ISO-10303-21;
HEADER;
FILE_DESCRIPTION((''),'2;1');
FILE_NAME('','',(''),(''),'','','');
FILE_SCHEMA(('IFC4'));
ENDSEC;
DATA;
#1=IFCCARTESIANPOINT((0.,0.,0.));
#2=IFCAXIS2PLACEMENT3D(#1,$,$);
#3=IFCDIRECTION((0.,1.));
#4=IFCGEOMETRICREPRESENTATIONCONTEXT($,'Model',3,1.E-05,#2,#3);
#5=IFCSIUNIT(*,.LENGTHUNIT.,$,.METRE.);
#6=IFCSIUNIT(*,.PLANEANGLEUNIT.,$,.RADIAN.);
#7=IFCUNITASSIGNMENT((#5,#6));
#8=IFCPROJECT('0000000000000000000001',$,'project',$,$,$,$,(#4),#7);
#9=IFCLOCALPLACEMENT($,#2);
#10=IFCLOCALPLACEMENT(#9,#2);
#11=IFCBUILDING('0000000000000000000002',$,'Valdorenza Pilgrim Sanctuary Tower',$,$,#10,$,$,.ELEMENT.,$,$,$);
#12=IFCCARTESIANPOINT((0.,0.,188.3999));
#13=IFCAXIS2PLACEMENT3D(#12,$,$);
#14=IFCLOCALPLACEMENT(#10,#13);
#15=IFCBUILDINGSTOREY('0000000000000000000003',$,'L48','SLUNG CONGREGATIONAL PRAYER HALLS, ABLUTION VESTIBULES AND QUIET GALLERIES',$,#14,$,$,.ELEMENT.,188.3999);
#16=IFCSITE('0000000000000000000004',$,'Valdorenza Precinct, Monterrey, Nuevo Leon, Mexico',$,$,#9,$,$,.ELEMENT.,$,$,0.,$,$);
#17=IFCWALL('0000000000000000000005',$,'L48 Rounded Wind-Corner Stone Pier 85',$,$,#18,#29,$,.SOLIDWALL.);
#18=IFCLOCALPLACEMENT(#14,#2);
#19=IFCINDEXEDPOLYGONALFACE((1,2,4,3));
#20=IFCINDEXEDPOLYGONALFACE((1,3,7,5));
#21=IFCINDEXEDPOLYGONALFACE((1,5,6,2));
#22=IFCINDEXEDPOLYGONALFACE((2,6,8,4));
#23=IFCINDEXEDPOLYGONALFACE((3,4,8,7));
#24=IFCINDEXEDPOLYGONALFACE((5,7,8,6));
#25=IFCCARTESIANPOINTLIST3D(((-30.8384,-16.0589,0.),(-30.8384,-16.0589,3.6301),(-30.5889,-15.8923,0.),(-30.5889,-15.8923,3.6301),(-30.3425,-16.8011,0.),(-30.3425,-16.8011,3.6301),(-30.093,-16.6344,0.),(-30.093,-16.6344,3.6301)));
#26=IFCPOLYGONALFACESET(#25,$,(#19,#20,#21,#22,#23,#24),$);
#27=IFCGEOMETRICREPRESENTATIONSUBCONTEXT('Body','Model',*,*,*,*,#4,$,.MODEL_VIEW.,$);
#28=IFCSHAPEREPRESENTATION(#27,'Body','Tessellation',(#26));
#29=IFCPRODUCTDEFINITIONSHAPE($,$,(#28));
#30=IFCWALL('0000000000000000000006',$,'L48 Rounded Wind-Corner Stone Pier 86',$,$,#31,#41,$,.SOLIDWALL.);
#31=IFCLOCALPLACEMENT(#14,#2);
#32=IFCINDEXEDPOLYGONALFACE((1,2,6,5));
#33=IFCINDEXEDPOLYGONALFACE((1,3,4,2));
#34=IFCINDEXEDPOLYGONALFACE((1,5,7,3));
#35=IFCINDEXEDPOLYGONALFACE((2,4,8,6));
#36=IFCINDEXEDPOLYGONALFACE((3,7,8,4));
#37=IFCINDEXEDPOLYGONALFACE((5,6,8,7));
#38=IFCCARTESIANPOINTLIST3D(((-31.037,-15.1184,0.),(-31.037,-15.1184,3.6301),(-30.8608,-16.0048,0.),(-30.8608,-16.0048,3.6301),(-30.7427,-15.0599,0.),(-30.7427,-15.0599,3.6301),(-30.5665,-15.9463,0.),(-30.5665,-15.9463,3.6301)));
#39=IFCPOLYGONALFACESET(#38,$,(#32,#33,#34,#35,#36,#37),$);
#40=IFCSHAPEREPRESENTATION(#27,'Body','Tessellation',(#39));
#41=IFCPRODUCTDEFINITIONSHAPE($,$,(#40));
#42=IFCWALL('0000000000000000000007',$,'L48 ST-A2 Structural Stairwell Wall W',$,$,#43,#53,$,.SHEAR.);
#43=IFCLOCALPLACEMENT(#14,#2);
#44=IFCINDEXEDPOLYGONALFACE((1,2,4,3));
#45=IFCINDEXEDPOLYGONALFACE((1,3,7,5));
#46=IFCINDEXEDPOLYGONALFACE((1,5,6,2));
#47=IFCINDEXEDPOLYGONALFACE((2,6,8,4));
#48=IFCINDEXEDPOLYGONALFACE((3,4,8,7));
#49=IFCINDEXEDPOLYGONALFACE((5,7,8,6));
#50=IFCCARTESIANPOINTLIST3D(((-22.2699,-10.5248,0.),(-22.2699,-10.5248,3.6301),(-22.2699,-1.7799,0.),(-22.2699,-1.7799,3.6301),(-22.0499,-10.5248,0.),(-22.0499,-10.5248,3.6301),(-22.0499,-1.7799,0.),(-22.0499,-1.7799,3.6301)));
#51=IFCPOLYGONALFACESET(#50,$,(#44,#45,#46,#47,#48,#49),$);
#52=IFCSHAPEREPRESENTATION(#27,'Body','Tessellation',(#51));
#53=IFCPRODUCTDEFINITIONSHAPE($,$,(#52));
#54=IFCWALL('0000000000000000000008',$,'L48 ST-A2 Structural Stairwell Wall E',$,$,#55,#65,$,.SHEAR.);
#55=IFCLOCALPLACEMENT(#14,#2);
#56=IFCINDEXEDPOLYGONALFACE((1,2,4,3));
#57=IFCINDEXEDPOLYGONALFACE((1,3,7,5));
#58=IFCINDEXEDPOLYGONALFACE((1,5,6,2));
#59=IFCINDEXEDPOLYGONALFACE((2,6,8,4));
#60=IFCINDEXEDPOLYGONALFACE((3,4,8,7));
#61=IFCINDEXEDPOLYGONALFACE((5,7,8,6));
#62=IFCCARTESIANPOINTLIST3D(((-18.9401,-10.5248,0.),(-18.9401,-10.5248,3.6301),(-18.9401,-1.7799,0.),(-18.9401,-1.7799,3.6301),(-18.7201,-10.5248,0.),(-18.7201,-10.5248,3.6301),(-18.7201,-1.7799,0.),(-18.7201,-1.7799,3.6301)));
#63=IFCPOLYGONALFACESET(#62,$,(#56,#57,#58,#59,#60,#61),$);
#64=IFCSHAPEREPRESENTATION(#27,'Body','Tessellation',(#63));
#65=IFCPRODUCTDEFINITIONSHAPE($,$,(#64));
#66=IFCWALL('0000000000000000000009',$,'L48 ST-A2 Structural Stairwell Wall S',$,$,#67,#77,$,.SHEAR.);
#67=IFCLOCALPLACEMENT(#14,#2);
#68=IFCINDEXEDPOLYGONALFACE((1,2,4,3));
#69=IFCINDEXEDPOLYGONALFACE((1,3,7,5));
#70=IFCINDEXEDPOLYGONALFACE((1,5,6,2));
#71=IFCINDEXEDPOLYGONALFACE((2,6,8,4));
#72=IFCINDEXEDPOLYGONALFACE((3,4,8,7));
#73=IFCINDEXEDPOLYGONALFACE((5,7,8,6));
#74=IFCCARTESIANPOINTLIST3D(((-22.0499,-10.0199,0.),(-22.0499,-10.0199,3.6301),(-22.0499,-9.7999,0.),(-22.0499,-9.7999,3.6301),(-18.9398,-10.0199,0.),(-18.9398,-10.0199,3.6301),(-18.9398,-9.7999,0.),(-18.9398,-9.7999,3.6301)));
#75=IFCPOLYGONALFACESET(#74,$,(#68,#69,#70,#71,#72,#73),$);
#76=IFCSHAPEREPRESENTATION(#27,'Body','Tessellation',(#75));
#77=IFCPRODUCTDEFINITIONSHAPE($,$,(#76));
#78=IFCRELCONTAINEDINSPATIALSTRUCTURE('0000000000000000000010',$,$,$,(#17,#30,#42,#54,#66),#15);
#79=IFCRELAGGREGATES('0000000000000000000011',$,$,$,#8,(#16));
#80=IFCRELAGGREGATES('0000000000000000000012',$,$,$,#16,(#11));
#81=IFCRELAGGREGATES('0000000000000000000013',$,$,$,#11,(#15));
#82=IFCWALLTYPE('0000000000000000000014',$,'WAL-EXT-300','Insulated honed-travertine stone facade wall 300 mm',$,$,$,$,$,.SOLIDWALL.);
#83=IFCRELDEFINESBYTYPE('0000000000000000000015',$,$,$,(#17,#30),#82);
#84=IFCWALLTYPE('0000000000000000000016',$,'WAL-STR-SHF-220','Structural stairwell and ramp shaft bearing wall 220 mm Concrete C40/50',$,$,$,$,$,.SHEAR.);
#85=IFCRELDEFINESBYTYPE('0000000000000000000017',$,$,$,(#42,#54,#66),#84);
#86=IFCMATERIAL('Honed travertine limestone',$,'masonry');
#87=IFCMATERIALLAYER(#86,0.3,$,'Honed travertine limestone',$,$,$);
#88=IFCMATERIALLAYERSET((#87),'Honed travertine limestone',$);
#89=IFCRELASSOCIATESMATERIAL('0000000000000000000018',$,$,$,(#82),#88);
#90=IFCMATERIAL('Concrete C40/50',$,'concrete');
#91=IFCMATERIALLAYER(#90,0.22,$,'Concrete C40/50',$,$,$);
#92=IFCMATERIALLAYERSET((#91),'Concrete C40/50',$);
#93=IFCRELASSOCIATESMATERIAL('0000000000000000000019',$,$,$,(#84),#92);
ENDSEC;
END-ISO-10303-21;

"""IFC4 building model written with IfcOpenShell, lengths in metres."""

from ifc_helpers import new_model, si_unit, direction, frame, frame_2d, origin, place, context, subcontext, project, spatial, rectangle, extrude, material, layer, layer_set, type_object, element, save


model = new_model("IFC4")

# Units and contexts
model_context = context("Model", 3, precision=1e-05, world=origin(), true_north=direction((0.0, 1.0)))
body_context = subcontext(model_context, "Body", "Model", "MODEL_VIEW")
ifc_project = project(units=[si_unit("LENGTHUNIT", "METRE"), si_unit("PLANEANGLEUNIT", "RADIAN")], contexts=[model_context])

# Site, building, storey
site_placement = place(None, origin())
site = spatial("IfcSite", under=ifc_project, at=site_placement, Name="Valdorenza Precinct, Monterrey, Nuevo Leon, Mexico", CompositionType="ELEMENT", RefElevation=0.0)
building_placement = place(site_placement, origin())
building = spatial("IfcBuilding", under=site, at=building_placement, Name="Valdorenza Pilgrim Sanctuary Tower", CompositionType="ELEMENT")
storey_placement = place(building_placement, frame((0.0, 0.0, 188.3999)))
storey = spatial("IfcBuildingStorey", under=building, at=storey_placement, Name="L48", Description="SLUNG CONGREGATIONAL PRAYER HALLS, ABLUTION VESTIBULES AND QUIET GALLERIES", CompositionType="ELEMENT", Elevation=188.3999)

# Shared definitions
ifc_material_1 = material(Name="Honed travertine limestone", Category="masonry")

# Walls
ifc_layer_1 = layer(ifc_material_1, 0.3, Name="Honed travertine limestone")
ifc_layer_set_1 = layer_set([ifc_layer_1], Name="Honed travertine limestone")
wall_type_1 = type_object("IfcWallType", Name="WAL-EXT-300", Description="Insulated honed-travertine stone facade wall 300 mm", PredefinedType="SOLIDWALL", material=ifc_layer_set_1)
for number, where, z_axis, x_axis, name in (
    (1, (-30.2178, -16.7178, 0.0), (0.0, 0.0, 1.0), (-0.55552, 0.831503, 0.0), "L48 Rounded Wind-Corner Stone Pier 85"),
):
    element("IfcWall", number, at=place(storey_placement, frame(where, z_axis=z_axis, x_axis=x_axis)), inside=storey, type_object=wall_type_1, Name=name, PredefinedType="SOLIDWALL", context=body_context, shape_type="SweptSolid", body=[
        extrude(rectangle(XDim=0.8926, YDim=0.3, at=frame_2d((0.4463, 0.0))), origin(), (0.0, 0.0, 1.0), 3.6301),
    ])
wall_1_placement = place(storey_placement, frame((-30.7136, -15.9756, 0.0), z_axis=(0.0, 0.0, 1.0), x_axis=(-0.195025, 0.980798, 0.0)))
element("IfcWall", 2, at=wall_1_placement, inside=storey, type_object=wall_type_1, Name="L48 Rounded Wind-Corner Stone Pier 86", PredefinedType="SOLIDWALL", context=body_context, shape_type="SweptSolid", body=[
    extrude(rectangle(XDim=0.9038, YDim=0.3, at=frame_2d((0.4519, 0.0))), origin(), (0.0, 0.0, 1.0), 3.6301),
])
ifc_material_2 = material(Name="Concrete C40/50", Category="concrete")
ifc_layer_2 = layer(ifc_material_2, 0.22, Name="Concrete C40/50")
ifc_layer_set_2 = layer_set([ifc_layer_2], Name="Concrete C40/50")
wall_type_2 = type_object("IfcWallType", Name="WAL-STR-SHF-220", Description="Structural stairwell and ramp shaft bearing wall 220 mm Concrete C40/50", PredefinedType="SHEAR", material=ifc_layer_set_2)
for number, where, z_axis, x_axis, name in (
    (3, (-22.1599, -10.5249, 0.0), (0.0, 0.0, 1.0), (0.0, 1.0, 0.0), "L48 ST-A2 Structural Stairwell Wall W"),
    (4, (-18.8301, -10.5249, 0.0), (0.0, 0.0, 1.0), (0.0, 1.0, 0.0), "L48 ST-A2 Structural Stairwell Wall E"),
):
    element("IfcWall", number, at=place(storey_placement, frame(where, z_axis=z_axis, x_axis=x_axis)), inside=storey, type_object=wall_type_2, Name=name, PredefinedType="SHEAR", context=body_context, shape_type="SweptSolid", body=[
        extrude(rectangle(XDim=8.7449, YDim=0.22, at=frame_2d((4.3726, 0.0))), origin(), (0.0, 0.0, 1.0), 3.6301),
    ])
wall_2_placement = place(storey_placement, frame((-22.05, -9.9099, 0.0), z_axis=(0.0, 0.0, 1.0), x_axis=(1.0, 0.0, 0.0)))
element("IfcWall", 5, at=wall_2_placement, inside=storey, type_object=wall_type_2, Name="L48 ST-A2 Structural Stairwell Wall S", PredefinedType="SHEAR", context=body_context, shape_type="SweptSolid", body=[
    extrude(rectangle(XDim=3.1101, YDim=0.22, at=frame_2d((1.5552, 0.0))), origin(), (0.0, 0.0, 1.0), 3.6301),
])

save(model, "model.ifc")
